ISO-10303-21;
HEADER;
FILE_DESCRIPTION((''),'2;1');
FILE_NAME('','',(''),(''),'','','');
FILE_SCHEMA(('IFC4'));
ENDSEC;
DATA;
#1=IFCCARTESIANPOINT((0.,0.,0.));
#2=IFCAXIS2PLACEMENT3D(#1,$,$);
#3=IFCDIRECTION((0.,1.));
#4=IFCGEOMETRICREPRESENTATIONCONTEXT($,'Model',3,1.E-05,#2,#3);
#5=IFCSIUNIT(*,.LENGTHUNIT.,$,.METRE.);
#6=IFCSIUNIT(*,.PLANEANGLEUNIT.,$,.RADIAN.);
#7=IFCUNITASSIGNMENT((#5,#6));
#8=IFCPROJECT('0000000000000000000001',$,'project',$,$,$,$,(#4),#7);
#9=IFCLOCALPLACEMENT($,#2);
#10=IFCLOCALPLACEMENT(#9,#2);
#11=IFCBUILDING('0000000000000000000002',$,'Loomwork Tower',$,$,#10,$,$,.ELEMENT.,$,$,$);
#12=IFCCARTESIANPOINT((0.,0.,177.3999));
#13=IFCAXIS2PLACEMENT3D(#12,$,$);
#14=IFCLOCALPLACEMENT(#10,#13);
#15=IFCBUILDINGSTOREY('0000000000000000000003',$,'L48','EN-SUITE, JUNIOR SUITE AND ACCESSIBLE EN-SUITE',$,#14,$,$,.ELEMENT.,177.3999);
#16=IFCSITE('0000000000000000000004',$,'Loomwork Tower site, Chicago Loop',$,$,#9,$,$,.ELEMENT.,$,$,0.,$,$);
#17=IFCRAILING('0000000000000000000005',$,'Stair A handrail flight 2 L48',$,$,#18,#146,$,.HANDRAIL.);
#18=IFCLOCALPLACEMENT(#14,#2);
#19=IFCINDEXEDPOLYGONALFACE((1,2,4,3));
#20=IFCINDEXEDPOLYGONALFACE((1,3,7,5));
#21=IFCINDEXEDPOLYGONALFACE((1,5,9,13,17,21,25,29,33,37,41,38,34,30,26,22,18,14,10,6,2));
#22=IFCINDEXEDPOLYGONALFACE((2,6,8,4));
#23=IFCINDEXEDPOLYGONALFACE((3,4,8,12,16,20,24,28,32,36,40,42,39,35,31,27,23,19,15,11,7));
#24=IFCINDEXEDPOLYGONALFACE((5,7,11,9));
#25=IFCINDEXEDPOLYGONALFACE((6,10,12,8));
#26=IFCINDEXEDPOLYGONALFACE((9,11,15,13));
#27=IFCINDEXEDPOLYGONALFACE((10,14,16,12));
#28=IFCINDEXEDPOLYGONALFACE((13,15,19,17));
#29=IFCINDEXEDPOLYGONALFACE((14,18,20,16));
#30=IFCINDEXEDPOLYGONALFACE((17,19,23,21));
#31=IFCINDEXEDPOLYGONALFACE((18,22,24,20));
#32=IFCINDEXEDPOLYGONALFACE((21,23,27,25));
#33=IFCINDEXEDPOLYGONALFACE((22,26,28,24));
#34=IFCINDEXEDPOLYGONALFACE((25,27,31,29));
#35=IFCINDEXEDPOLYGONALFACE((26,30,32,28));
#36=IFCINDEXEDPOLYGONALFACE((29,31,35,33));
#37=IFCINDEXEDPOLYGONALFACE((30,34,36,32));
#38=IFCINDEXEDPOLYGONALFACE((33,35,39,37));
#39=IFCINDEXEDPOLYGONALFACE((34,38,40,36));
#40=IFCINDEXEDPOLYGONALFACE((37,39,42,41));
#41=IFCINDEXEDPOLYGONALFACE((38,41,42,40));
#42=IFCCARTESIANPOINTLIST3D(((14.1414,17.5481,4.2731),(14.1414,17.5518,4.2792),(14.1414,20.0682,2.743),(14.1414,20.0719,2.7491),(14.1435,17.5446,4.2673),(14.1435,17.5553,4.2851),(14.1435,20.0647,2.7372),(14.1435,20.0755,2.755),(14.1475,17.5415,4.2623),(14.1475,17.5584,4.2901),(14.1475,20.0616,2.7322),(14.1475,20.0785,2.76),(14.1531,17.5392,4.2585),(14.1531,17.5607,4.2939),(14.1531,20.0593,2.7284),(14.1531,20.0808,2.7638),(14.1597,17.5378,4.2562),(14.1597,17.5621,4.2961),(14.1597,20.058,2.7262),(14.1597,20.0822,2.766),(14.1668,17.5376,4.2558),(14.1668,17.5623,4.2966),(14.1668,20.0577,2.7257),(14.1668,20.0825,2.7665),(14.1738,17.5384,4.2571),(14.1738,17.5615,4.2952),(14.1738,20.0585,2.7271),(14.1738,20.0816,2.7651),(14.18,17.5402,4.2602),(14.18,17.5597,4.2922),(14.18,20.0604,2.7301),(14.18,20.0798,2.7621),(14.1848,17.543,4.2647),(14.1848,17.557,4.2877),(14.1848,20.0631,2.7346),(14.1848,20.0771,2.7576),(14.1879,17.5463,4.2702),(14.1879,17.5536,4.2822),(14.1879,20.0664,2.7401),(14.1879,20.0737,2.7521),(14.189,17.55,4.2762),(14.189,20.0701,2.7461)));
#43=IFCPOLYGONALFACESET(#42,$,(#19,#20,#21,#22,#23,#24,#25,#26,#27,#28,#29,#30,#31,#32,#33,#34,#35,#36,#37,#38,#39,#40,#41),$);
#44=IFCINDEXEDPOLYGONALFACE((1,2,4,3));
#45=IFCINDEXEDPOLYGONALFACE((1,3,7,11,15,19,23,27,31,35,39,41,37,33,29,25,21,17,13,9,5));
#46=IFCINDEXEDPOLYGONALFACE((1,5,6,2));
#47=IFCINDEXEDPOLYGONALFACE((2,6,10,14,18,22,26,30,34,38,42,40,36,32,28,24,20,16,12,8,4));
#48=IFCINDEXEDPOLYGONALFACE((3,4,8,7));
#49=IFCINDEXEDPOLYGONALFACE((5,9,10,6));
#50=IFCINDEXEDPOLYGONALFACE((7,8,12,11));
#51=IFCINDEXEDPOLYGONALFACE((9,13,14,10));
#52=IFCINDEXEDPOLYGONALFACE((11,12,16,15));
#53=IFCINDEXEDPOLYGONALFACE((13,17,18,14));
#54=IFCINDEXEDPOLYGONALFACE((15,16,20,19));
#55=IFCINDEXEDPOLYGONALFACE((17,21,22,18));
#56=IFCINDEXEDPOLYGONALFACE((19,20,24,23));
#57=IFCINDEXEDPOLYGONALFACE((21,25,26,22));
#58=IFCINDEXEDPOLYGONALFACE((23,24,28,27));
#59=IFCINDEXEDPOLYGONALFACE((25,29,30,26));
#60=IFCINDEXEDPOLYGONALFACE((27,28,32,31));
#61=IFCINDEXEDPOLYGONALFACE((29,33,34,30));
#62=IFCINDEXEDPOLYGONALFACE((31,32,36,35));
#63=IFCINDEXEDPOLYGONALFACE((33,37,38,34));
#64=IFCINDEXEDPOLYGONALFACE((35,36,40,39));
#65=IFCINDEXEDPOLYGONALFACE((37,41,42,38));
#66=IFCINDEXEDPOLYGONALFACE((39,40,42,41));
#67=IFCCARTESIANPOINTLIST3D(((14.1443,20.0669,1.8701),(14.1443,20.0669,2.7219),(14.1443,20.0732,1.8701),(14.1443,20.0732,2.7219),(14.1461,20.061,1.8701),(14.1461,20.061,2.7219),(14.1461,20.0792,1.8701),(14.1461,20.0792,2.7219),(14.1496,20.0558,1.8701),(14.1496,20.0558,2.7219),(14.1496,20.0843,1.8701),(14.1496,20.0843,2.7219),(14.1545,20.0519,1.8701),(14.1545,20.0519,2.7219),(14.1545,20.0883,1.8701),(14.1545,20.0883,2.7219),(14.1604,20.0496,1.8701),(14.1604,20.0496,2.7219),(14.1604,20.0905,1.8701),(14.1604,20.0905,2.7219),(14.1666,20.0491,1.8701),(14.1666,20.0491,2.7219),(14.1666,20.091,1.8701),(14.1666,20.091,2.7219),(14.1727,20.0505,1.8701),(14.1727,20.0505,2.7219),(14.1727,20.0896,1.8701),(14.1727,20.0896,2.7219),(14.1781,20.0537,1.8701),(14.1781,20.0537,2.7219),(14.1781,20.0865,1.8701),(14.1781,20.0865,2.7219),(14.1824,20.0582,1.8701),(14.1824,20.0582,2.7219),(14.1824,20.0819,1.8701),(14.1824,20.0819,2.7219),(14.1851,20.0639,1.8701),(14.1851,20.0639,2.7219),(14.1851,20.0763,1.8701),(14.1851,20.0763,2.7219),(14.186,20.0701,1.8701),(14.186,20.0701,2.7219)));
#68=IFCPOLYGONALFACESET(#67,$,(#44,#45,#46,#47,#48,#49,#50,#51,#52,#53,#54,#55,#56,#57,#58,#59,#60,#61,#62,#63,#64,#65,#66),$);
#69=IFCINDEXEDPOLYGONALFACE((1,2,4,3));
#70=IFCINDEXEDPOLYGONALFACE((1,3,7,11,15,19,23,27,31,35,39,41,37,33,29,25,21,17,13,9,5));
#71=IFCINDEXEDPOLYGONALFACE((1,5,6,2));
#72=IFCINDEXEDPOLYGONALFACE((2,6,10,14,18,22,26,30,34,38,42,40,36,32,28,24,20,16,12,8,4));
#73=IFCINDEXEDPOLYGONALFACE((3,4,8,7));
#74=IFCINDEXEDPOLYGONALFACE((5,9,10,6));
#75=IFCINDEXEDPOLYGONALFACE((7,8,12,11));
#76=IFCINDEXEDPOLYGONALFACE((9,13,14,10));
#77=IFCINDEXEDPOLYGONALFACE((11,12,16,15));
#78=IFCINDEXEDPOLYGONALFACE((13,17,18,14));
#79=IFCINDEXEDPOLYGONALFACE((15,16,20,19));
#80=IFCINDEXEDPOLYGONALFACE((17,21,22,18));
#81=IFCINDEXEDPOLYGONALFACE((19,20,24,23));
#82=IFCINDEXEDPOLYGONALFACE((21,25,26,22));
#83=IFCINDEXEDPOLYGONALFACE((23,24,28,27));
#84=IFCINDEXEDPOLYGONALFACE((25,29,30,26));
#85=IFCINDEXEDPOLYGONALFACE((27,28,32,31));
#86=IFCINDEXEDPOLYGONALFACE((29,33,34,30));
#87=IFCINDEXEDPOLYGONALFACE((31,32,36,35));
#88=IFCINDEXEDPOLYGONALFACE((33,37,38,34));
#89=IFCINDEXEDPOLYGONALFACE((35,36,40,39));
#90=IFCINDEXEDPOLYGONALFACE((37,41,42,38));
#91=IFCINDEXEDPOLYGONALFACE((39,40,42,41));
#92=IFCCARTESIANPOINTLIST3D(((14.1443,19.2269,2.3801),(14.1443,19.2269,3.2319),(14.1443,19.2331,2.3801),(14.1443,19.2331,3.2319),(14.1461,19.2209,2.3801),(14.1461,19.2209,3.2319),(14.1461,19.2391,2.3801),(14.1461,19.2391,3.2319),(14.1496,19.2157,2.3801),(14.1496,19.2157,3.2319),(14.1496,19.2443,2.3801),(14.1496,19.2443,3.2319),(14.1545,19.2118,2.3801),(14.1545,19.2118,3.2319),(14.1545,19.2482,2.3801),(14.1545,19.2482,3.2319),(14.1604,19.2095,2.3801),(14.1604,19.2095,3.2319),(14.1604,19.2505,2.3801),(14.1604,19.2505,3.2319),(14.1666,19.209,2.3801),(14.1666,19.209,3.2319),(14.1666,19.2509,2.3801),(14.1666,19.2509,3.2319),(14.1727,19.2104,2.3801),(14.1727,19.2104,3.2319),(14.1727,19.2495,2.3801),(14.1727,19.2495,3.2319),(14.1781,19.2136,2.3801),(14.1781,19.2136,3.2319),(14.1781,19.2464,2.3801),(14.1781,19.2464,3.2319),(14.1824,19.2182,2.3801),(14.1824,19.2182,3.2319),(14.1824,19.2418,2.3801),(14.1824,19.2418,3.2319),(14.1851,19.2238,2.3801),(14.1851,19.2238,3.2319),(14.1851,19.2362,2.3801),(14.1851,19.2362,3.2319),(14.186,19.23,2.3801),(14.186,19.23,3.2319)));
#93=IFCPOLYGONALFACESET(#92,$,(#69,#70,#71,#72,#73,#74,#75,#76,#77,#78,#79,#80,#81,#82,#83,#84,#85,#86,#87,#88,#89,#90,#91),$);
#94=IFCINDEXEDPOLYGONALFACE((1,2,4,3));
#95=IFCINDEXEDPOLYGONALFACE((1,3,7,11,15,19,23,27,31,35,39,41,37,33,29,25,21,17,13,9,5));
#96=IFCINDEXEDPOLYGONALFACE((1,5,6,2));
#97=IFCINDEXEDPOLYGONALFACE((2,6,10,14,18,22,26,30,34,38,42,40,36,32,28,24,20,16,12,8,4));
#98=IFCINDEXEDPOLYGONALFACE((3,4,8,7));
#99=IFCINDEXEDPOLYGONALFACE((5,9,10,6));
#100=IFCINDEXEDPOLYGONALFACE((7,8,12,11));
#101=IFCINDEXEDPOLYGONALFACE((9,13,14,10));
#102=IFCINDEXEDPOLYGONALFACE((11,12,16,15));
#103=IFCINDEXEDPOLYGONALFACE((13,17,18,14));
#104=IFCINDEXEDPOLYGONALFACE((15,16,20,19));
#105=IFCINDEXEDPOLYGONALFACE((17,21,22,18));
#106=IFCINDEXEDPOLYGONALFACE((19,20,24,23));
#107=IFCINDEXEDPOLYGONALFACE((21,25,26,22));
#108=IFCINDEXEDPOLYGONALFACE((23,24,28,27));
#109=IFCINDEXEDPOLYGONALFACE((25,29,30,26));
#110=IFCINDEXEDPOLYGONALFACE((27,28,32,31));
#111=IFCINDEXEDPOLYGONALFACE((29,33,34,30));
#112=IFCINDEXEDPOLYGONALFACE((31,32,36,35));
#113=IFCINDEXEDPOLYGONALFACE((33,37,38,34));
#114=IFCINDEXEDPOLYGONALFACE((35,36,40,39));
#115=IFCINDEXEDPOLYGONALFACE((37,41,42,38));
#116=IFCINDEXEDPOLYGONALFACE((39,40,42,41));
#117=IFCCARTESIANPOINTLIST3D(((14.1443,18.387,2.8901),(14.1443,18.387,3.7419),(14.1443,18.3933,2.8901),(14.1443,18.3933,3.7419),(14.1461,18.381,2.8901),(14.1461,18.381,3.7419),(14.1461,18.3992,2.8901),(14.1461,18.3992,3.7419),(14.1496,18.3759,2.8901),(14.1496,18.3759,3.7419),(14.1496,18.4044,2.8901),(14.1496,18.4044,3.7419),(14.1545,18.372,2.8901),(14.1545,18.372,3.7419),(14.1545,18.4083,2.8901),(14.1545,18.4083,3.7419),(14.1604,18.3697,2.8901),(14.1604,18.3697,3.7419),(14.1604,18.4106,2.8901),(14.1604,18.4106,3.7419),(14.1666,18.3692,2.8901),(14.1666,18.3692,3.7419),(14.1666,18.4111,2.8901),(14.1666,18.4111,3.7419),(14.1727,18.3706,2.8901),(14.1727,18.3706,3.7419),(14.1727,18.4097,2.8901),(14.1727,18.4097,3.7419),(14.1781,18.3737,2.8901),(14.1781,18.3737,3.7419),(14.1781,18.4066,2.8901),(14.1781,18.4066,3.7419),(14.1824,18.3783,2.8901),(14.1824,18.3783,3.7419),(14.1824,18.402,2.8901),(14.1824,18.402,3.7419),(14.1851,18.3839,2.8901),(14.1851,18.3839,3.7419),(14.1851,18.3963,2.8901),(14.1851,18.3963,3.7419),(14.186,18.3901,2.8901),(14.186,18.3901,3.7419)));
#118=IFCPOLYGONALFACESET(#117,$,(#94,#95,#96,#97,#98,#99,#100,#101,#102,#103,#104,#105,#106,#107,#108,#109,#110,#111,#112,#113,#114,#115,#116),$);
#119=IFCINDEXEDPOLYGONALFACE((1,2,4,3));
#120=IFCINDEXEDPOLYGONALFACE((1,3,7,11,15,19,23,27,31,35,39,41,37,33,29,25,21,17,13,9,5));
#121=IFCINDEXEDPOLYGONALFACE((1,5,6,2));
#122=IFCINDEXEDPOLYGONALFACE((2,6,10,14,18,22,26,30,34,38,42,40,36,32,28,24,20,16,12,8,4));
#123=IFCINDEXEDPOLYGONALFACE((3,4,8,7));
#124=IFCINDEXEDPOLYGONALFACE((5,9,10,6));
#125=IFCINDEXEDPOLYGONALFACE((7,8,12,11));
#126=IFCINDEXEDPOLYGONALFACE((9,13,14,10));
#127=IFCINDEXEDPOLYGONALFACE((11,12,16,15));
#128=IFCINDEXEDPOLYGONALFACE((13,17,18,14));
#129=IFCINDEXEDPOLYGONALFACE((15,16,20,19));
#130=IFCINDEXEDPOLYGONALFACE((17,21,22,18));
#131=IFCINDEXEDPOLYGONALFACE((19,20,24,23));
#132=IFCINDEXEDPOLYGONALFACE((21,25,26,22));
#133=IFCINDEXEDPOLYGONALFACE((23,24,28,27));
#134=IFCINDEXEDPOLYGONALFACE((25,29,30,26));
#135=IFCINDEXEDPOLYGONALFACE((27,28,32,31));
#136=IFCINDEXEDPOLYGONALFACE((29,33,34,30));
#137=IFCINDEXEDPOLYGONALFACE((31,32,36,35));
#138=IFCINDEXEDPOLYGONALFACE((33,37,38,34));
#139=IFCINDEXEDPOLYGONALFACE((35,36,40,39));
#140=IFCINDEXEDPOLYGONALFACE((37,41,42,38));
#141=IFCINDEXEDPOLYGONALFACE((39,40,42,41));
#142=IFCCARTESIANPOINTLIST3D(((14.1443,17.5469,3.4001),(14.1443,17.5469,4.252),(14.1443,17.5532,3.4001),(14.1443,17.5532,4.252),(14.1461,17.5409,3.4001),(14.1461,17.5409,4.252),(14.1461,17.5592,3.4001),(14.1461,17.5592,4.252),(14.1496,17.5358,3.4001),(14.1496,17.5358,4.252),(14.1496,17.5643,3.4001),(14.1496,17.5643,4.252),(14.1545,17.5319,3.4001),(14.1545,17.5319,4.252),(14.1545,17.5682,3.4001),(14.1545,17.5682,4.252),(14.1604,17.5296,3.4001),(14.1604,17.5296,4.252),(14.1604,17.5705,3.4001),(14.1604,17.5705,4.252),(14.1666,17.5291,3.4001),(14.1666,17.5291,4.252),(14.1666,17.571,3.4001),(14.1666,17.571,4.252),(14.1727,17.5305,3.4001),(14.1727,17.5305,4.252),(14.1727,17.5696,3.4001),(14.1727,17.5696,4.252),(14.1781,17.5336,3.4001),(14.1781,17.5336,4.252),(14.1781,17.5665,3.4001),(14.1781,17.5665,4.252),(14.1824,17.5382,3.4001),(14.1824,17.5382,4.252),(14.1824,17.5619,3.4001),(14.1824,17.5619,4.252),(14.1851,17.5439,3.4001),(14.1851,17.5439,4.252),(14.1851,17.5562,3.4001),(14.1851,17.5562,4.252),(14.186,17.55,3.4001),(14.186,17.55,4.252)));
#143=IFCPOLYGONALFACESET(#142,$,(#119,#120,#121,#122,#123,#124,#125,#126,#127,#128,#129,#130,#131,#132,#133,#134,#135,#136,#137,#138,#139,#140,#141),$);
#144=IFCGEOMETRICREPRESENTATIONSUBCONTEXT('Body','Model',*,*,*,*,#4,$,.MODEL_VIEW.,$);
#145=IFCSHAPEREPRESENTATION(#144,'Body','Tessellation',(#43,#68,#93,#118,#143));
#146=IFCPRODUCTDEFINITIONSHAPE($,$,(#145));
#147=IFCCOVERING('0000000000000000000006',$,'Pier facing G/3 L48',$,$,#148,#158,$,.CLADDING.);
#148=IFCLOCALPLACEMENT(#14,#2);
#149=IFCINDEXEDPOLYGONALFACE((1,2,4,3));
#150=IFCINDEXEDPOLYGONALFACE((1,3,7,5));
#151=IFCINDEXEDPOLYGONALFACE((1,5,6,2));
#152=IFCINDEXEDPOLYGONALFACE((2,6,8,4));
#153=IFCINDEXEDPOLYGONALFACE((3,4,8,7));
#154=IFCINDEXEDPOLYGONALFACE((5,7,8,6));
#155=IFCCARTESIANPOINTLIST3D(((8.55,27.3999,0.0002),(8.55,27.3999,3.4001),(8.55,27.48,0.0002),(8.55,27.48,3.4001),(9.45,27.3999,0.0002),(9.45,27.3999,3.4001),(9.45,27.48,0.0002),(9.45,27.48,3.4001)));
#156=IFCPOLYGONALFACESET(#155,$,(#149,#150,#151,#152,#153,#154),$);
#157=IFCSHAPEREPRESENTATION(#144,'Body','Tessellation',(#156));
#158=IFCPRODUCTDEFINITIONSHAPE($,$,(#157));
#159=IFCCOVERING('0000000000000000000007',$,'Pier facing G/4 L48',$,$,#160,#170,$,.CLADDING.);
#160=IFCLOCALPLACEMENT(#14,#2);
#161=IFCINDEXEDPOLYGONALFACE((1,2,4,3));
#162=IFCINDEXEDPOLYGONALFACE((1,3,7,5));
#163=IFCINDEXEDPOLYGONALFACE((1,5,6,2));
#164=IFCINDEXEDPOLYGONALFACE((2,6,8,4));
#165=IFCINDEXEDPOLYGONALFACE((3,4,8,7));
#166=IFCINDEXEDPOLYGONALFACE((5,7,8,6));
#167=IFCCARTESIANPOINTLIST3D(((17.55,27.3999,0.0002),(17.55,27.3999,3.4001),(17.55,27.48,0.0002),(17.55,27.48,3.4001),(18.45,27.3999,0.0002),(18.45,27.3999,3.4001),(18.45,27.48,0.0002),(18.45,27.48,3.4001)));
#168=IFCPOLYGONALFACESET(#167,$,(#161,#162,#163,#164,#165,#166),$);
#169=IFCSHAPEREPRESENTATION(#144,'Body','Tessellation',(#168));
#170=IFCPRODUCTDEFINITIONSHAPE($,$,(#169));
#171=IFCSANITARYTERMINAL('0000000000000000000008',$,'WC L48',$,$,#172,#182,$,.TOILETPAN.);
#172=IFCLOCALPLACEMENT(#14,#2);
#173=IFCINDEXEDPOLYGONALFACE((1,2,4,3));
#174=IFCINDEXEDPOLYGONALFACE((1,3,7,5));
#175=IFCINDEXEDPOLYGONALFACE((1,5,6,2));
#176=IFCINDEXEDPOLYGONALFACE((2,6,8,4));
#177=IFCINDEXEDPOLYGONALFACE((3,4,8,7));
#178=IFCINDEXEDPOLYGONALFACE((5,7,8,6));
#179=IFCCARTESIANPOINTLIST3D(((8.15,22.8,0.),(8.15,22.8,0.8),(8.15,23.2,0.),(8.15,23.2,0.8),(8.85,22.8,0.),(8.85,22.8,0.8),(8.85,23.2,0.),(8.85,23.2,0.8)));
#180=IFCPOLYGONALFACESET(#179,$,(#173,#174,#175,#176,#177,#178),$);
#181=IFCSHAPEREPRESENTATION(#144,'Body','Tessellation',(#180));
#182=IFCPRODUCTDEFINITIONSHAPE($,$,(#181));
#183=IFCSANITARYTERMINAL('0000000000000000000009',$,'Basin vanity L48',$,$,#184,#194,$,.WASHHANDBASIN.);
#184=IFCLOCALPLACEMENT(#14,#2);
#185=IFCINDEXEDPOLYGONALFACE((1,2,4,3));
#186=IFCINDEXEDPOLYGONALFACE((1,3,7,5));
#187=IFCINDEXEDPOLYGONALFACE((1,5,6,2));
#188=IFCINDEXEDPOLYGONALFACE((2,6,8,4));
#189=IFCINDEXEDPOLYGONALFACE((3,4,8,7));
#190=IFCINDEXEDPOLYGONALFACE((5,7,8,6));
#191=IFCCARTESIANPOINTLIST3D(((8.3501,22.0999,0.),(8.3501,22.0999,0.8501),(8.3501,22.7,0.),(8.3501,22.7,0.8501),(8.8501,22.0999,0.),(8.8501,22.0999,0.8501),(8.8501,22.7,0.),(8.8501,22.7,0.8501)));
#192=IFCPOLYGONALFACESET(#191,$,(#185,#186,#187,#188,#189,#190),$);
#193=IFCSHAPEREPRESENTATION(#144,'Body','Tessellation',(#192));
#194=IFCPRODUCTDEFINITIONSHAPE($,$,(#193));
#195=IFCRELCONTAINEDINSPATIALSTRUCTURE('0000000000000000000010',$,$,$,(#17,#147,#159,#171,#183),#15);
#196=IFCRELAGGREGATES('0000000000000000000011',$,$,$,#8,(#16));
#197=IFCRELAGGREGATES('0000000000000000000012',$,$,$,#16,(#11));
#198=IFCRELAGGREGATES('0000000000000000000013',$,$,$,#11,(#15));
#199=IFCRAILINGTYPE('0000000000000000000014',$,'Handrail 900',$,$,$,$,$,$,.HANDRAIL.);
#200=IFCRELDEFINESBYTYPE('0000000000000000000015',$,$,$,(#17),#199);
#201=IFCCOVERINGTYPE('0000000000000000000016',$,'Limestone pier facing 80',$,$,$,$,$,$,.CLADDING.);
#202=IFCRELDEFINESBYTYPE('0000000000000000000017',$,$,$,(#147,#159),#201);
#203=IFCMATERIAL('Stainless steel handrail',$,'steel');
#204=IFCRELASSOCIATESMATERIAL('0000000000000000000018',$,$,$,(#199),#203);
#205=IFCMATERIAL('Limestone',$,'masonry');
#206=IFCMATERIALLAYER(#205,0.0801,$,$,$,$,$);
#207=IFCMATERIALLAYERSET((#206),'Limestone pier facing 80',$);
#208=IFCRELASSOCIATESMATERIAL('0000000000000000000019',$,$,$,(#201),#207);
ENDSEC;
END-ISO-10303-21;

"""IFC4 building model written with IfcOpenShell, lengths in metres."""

from ifc_helpers import new_model, si_unit, direction, frame, origin, origin_2d, place, context, subcontext, project, spatial, rectangle, circle, extrude, material, layer, layer_set, type_object, element, save


model = new_model("IFC4")

# Units and contexts
model_context = context("Model", 3, precision=1e-05, world=origin(), true_north=direction((0.0, 1.0)))
body_context = subcontext(model_context, "Body", "Model", "MODEL_VIEW")
ifc_project = project(units=[si_unit("LENGTHUNIT", "METRE"), si_unit("PLANEANGLEUNIT", "RADIAN")], contexts=[model_context])

# Site, building, storey
site_placement = place(None, origin())
site = spatial("IfcSite", under=ifc_project, at=site_placement, Name="Loomwork Tower site, Chicago Loop", CompositionType="ELEMENT", RefElevation=0.0)
building_placement = place(site_placement, origin())
building = spatial("IfcBuilding", under=site, at=building_placement, Name="Loomwork Tower", CompositionType="ELEMENT")
storey_placement = place(building_placement, frame((0.0, 0.0, 177.3999)))
storey = spatial("IfcBuildingStorey", under=building, at=storey_placement, Name="L48", Description="EN-SUITE, JUNIOR SUITE AND ACCESSIBLE EN-SUITE", CompositionType="ELEMENT", Elevation=177.3999)

# Railing
ifc_material_1 = material(Name="Stainless steel handrail", Category="steel")
railing_type = type_object("IfcRailingType", Name="Handrail 900", PredefinedType="HANDRAIL", material=ifc_material_1)
railing_placement = place(storey_placement, frame((14.165, 20.0701, 1.8701)))
element("IfcRailing", 1, at=railing_placement, inside=storey, type_object=railing_type, Name="Stair A handrail flight 2 L48", PredefinedType="HANDRAIL", context=body_context, shape_type="SweptSolid", body=[
    extrude(circle(Radius=0.0239, at=origin_2d()), frame((0.0, 0.0, 0.876), z_axis=(0.0, -0.854785, 0.518982), x_axis=(1.0, 0.0, 0.0)), (0.0, 0.0, 1.0), 2.9482),
    extrude(circle(Radius=0.021, at=origin_2d()), origin(), (0.0, 0.0, 1.0), 0.8518),
    extrude(circle(Radius=0.021, at=origin_2d()), frame((0.0, -0.8401, 0.51)), (0.0, 0.0, 1.0), 0.8518),
    extrude(circle(Radius=0.021, at=origin_2d()), frame((0.0, -1.6799, 1.02)), (0.0, 0.0, 1.0), 0.8518),
    extrude(circle(Radius=0.021, at=origin_2d()), frame((0.0, -2.52, 1.53)), (0.0, 0.0, 1.0), 0.8518),
])

# Coverings
ifc_material_2 = material(Name="Limestone", Category="masonry")
ifc_layer_1 = layer(ifc_material_2, 0.0801)
ifc_layer_set_1 = layer_set([ifc_layer_1], Name="Limestone pier facing 80")
covering_type = type_object("IfcCoveringType", Name="Limestone pier facing 80", PredefinedType="CLADDING", material=ifc_layer_set_1)
for number, where, z_axis, x_axis, name in (
    (2, (9.0, 27.4399, 0.0002), (0.0, 0.0, 1.0), (1.0, 0.0, 0.0), "Pier facing G/3 L48"),
    (3, (18.0, 27.4399, 0.0002), (0.0, 0.0, 1.0), (1.0, 0.0, 0.0), "Pier facing G/4 L48"),
):
    element("IfcCovering", number, at=place(storey_placement, frame(where, z_axis=z_axis, x_axis=x_axis)), inside=storey, type_object=covering_type, Name=name, PredefinedType="CLADDING", context=body_context, shape_type="SweptSolid", body=[
        extrude(rectangle(XDim=0.8999, YDim=0.0801, at=origin_2d()), origin(), (0.0, 0.0, 1.0), 3.3999),
    ])

# Sanitary terminals
sanitary_terminal_1_placement = place(storey_placement, frame((8.5, 23.0, 0.0), z_axis=(0.0, 0.0, 1.0), x_axis=(1.0, 0.0, 0.0)))
element("IfcSanitaryTerminal", 4, at=sanitary_terminal_1_placement, inside=storey, Name="WC L48", PredefinedType="TOILETPAN", context=body_context, shape_type="SweptSolid", body=[
    extrude(rectangle(XDim=0.7, YDim=0.3999, at=origin_2d()), origin(), (0.0, 0.0, 1.0), 0.8),
])
sanitary_terminal_2_placement = place(storey_placement, frame((8.6001, 22.3999, 0.0), z_axis=(0.0, 0.0, 1.0), x_axis=(1.0, 0.0, 0.0)))
element("IfcSanitaryTerminal", 5, at=sanitary_terminal_2_placement, inside=storey, Name="Basin vanity L48", PredefinedType="WASHHANDBASIN", context=body_context, shape_type="SweptSolid", body=[
    extrude(rectangle(XDim=0.5, YDim=0.6001, at=origin_2d()), origin(), (0.0, 0.0, 1.0), 0.8501),
])

save(model, "model.ifc")
